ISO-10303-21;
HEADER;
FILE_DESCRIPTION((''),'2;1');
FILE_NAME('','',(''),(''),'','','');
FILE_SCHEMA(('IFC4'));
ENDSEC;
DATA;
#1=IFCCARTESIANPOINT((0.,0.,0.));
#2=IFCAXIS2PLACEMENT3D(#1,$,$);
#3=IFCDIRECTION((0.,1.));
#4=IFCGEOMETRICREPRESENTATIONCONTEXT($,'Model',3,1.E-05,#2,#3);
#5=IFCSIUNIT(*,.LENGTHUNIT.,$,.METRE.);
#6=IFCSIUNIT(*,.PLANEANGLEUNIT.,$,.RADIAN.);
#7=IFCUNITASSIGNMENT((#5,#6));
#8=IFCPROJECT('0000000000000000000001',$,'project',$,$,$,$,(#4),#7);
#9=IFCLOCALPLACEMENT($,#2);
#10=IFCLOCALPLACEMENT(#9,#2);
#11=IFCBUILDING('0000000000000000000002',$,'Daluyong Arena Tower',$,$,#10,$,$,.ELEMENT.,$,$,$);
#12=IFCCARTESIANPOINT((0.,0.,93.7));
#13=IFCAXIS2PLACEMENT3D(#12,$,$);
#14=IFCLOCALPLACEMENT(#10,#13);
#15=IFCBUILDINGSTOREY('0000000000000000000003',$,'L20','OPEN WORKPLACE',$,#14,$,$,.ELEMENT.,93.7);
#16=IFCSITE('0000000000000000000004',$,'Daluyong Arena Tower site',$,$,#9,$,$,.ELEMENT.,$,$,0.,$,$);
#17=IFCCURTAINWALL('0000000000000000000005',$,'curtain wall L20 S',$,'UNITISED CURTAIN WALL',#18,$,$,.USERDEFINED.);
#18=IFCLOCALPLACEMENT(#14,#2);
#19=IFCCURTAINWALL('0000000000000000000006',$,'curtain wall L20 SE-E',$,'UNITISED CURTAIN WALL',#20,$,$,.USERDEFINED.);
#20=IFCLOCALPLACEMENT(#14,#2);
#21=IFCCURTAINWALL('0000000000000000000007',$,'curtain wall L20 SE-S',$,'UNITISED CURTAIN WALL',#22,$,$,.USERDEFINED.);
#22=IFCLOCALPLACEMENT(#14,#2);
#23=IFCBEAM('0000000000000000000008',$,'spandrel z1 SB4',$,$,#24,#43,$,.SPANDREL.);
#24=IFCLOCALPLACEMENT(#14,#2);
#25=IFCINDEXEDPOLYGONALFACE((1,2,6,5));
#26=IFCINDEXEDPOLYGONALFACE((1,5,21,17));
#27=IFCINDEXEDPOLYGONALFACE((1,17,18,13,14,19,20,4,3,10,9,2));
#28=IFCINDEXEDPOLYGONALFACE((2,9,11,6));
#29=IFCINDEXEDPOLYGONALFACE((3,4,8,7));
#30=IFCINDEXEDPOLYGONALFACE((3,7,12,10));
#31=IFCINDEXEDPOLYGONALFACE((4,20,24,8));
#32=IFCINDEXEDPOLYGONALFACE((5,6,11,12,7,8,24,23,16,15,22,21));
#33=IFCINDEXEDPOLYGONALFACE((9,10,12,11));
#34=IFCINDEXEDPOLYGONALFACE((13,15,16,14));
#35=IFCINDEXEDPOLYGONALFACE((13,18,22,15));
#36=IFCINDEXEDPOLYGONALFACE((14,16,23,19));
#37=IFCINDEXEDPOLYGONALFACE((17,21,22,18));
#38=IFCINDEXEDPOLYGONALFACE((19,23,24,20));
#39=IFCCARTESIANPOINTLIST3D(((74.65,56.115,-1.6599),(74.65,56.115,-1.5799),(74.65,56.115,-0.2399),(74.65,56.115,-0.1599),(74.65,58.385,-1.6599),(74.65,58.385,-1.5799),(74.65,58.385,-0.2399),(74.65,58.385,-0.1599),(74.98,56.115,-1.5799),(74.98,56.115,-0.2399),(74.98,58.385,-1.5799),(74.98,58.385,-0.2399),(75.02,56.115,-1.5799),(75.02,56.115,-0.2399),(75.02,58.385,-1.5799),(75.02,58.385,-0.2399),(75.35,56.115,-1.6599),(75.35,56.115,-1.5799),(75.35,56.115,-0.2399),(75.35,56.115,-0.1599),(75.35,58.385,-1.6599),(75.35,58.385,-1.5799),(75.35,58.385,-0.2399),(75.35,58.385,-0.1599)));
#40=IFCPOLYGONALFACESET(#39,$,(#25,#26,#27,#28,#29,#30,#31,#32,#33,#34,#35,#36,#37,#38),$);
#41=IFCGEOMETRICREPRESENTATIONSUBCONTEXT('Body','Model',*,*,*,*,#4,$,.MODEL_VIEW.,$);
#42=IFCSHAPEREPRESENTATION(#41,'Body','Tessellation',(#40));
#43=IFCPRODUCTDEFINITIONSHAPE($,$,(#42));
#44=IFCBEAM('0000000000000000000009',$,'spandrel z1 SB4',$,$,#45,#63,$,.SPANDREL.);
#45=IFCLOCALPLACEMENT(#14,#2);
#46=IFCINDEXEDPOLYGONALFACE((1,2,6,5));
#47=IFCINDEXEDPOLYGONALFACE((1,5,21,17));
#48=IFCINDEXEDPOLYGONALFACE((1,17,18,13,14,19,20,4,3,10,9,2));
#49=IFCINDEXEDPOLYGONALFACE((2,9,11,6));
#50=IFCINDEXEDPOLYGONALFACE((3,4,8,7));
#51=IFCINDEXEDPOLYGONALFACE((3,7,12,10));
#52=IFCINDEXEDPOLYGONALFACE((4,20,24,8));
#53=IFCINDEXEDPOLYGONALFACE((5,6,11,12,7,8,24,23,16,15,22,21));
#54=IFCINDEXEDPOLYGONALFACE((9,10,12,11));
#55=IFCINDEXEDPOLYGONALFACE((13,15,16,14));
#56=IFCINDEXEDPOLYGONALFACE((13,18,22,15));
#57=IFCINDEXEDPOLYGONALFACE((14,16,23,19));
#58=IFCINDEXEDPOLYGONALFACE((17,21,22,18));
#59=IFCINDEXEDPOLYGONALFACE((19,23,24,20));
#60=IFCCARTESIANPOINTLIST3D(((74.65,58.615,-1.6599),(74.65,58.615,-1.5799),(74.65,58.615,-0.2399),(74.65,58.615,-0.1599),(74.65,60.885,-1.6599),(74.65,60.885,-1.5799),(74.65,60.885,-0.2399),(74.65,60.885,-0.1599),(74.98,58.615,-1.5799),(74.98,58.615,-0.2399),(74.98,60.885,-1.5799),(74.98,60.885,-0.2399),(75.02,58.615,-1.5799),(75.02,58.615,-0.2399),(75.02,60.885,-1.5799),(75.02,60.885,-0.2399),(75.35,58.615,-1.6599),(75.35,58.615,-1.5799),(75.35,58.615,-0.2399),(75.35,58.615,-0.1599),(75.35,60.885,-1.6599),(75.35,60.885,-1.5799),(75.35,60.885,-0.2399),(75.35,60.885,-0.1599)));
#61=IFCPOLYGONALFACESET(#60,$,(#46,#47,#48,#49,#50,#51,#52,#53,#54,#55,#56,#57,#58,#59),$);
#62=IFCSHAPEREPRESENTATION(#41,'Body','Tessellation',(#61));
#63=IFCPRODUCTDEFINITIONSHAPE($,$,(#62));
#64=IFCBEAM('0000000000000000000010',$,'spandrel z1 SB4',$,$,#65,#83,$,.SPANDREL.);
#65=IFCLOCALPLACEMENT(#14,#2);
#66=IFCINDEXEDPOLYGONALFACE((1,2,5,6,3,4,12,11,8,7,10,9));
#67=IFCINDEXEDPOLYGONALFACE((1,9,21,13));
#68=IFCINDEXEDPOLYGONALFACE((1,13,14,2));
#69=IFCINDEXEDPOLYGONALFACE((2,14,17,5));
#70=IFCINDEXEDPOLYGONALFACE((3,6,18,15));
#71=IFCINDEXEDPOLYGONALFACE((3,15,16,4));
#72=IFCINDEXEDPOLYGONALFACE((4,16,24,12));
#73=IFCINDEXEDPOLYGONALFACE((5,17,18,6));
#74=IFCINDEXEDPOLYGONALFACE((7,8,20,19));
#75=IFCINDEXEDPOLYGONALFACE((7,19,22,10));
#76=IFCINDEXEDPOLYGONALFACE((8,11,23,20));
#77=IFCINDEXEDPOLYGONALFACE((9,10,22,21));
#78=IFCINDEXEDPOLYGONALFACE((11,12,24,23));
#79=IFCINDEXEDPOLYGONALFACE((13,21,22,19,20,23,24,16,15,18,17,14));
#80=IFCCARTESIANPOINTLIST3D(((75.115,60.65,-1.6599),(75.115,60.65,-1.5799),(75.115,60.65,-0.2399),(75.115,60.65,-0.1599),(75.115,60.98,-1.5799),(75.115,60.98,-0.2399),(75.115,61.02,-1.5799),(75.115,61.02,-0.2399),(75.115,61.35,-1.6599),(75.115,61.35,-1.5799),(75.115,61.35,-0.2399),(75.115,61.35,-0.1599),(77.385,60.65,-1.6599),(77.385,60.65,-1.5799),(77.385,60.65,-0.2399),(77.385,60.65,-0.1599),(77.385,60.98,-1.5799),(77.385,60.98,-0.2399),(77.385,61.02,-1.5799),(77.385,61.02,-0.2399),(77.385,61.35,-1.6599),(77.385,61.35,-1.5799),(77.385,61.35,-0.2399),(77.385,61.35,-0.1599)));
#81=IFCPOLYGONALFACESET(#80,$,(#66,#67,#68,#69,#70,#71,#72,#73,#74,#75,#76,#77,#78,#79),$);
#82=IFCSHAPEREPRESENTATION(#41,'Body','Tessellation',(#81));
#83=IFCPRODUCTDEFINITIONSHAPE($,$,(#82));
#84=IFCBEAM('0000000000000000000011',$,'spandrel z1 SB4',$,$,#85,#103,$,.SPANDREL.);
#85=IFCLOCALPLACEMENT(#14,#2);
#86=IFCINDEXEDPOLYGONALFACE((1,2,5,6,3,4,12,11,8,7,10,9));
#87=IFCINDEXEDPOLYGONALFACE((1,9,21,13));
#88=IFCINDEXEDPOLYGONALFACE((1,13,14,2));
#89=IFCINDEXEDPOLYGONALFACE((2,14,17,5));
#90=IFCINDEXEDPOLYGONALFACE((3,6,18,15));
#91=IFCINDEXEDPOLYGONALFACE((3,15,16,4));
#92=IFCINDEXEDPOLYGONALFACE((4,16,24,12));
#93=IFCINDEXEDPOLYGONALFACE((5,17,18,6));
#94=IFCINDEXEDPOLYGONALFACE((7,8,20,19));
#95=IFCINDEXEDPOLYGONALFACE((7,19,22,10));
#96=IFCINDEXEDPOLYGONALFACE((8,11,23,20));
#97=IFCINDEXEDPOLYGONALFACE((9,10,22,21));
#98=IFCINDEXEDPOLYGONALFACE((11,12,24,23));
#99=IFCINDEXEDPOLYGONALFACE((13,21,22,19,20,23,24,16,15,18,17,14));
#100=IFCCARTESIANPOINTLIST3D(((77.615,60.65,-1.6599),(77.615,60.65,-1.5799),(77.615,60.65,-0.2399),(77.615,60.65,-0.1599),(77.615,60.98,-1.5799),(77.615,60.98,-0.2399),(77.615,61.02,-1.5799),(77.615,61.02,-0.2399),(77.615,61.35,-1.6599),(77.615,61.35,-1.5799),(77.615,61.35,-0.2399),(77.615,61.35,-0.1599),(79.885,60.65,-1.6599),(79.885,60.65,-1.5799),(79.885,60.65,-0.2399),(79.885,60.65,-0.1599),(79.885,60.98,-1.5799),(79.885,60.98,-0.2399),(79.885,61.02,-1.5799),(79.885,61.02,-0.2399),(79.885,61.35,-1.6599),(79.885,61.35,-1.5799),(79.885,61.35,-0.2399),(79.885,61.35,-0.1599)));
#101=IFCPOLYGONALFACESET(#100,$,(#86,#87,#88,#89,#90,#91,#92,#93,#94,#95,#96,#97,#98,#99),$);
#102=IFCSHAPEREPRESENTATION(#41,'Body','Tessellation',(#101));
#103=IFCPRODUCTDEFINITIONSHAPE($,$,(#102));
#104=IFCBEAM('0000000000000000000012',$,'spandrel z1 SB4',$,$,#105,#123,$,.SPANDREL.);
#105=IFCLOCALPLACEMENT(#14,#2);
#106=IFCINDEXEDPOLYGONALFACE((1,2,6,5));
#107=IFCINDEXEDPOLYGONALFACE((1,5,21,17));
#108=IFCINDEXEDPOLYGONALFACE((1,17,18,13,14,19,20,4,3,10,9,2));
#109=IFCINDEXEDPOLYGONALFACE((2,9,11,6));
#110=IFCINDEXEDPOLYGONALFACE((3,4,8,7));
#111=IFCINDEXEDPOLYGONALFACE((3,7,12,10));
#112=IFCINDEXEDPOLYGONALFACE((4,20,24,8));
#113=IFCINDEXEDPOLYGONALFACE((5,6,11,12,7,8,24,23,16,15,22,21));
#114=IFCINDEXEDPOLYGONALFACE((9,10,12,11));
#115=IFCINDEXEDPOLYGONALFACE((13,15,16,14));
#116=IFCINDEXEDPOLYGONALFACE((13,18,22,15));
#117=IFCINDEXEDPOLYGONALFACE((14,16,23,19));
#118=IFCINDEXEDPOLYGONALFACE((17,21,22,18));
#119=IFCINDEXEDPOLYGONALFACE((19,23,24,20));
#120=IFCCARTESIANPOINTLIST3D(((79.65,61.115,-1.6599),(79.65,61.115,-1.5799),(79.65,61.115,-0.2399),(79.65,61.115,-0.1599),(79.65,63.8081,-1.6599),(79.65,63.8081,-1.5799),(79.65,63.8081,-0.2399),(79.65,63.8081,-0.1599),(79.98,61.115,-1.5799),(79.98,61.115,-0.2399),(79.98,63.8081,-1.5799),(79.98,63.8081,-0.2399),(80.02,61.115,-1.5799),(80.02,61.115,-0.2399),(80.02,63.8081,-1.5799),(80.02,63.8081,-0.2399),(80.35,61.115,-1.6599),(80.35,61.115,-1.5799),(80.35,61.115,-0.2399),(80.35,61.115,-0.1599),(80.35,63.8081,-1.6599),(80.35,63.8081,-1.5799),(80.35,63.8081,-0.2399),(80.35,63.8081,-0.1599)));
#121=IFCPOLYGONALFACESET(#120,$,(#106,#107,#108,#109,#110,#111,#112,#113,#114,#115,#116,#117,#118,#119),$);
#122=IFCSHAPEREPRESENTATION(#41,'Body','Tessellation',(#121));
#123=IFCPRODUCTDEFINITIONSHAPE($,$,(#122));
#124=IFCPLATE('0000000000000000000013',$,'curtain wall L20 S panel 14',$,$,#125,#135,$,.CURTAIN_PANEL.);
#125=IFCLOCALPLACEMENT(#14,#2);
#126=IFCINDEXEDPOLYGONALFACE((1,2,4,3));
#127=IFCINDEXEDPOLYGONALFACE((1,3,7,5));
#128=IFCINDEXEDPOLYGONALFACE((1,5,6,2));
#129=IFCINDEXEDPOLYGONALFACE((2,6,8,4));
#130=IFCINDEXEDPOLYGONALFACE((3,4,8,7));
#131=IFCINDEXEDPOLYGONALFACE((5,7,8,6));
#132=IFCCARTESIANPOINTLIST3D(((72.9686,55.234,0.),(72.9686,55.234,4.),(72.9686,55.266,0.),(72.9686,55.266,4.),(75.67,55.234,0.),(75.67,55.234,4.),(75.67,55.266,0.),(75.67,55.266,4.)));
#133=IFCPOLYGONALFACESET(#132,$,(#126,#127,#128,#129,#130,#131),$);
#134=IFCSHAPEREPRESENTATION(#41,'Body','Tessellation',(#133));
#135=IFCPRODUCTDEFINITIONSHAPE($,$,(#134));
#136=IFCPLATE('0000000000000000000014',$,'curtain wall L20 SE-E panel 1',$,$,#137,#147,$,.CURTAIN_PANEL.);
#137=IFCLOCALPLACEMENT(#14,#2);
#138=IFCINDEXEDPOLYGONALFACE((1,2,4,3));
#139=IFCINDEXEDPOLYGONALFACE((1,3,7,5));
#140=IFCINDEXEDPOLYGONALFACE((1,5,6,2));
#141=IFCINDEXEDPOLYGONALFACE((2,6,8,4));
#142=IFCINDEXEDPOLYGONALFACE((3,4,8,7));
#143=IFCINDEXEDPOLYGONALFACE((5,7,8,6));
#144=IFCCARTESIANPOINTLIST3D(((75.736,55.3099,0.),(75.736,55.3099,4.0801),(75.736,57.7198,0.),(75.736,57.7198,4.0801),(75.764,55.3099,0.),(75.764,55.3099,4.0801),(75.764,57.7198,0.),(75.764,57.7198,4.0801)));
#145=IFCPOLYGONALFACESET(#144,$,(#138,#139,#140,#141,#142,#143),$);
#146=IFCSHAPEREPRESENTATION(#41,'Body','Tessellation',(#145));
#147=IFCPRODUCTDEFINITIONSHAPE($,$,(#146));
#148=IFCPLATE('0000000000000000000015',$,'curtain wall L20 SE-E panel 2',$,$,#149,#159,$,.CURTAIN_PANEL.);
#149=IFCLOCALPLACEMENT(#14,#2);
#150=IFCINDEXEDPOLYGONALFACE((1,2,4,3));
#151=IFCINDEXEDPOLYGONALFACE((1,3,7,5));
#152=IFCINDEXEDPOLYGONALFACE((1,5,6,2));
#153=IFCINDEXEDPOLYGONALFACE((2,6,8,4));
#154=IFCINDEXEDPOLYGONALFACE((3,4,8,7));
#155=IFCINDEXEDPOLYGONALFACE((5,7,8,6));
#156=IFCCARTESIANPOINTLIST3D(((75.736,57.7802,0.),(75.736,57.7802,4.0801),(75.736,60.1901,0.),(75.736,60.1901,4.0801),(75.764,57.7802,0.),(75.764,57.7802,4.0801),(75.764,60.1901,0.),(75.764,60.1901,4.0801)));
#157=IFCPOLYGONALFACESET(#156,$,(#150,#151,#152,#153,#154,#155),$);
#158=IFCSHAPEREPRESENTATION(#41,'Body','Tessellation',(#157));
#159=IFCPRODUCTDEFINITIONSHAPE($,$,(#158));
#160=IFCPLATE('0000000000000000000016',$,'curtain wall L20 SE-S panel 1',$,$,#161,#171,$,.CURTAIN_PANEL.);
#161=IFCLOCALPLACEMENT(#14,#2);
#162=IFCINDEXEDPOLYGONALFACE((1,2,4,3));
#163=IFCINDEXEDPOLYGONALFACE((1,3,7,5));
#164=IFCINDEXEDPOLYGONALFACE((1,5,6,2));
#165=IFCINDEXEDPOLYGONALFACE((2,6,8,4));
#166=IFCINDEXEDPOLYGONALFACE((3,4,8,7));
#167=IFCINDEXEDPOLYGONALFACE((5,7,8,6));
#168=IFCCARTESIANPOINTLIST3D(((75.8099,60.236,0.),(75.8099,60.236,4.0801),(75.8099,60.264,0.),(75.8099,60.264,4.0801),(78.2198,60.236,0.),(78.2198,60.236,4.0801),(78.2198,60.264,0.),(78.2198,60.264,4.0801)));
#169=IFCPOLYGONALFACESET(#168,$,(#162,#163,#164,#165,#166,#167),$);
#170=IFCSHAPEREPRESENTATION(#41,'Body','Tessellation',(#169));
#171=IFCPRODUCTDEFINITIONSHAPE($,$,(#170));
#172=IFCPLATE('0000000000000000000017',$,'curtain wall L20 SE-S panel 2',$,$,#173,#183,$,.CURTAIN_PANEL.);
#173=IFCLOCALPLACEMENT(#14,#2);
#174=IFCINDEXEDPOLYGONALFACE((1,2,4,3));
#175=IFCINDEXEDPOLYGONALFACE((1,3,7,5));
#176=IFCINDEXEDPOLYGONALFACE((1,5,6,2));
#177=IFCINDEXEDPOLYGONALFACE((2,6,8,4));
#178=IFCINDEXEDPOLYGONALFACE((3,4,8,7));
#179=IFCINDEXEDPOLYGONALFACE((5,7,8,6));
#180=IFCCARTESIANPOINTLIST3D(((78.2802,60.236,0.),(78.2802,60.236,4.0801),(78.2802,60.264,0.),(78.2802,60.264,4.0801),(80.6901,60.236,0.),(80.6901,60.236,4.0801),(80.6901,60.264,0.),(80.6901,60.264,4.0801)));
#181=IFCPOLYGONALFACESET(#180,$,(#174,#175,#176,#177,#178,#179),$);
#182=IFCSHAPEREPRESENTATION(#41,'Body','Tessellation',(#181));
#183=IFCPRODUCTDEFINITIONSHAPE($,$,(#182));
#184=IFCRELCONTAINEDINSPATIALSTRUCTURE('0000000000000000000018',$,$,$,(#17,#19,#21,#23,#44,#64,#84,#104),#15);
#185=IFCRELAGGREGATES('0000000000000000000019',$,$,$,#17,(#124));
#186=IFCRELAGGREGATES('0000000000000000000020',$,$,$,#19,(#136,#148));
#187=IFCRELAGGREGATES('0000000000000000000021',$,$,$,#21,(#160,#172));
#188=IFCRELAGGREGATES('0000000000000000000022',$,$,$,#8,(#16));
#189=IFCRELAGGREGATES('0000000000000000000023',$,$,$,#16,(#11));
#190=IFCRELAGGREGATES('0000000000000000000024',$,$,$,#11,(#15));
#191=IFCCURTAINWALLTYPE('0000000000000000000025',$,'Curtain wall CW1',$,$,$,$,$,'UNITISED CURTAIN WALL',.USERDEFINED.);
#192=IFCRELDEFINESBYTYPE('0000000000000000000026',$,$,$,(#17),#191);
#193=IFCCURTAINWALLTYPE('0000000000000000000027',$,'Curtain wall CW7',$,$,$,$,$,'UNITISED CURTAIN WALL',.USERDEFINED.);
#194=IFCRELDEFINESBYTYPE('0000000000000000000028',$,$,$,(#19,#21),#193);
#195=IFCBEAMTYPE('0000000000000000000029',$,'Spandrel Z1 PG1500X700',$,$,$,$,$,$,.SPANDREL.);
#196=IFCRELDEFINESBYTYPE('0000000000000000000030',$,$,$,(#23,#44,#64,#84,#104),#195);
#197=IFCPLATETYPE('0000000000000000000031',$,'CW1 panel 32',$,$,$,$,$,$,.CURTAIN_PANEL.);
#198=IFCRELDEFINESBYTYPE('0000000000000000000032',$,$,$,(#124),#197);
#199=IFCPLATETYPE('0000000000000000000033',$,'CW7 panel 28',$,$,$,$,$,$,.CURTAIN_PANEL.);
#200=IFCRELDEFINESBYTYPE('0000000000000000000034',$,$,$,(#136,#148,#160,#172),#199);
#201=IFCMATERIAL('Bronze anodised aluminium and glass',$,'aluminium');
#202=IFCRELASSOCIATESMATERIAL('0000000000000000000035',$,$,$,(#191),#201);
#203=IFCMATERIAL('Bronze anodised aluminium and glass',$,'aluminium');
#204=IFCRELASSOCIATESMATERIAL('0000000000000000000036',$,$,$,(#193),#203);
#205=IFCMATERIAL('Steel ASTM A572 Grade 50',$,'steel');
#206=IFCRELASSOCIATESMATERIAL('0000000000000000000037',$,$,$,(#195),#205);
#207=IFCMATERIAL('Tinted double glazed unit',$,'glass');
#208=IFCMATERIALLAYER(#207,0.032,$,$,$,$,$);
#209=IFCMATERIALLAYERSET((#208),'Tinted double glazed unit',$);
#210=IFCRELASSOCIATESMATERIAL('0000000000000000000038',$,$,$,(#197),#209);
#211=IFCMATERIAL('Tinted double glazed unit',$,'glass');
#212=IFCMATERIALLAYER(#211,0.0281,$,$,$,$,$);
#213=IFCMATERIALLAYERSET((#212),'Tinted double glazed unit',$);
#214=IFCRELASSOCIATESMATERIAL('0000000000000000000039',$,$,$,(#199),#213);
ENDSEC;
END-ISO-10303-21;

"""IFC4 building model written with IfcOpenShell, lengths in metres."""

from ifc_helpers import new_model, si_unit, direction, frame, origin, origin_2d, place, context, subcontext, project, spatial, rectangle, i_section, extrude, material, layer, layer_set, material_profile, profile_set, type_object, element, aggregate, save


model = new_model("IFC4")

# Units and contexts
model_context = context("Model", 3, precision=1e-05, world=origin(), true_north=direction((0.0, 1.0)))
body_context = subcontext(model_context, "Body", "Model", "MODEL_VIEW")
ifc_project = project(units=[si_unit("LENGTHUNIT", "METRE"), si_unit("PLANEANGLEUNIT", "RADIAN")], contexts=[model_context])

# Site, building, storey
site_placement = place(None, origin())
site = spatial("IfcSite", under=ifc_project, at=site_placement, Name="Daluyong Arena Tower site", CompositionType="ELEMENT", RefElevation=0.0)
building_placement = place(site_placement, origin())
building = spatial("IfcBuilding", under=site, at=building_placement, Name="Daluyong Arena Tower", CompositionType="ELEMENT")
storey_placement = place(building_placement, frame((0.0, 0.0, 93.7)))
storey = spatial("IfcBuildingStorey", under=building, at=storey_placement, Name="L20", Description="OPEN WORKPLACE", CompositionType="ELEMENT", Elevation=93.7)

# Curtain wall
ifc_material_1 = material(Name="Bronze anodised aluminium and glass", Category="aluminium")
curtain_wall_type_1 = type_object("IfcCurtainWallType", Name="Curtain wall CW1", ElementType="UNITISED CURTAIN WALL", PredefinedType="USERDEFINED", material=ifc_material_1)
curtain_wall_1_placement = place(storey_placement, origin())
curtain_wall_1 = element("IfcCurtainWall", 1, at=curtain_wall_1_placement, inside=storey, type_object=curtain_wall_type_1, Name="curtain wall L20 S", ObjectType="UNITISED CURTAIN WALL", PredefinedType="USERDEFINED")

# Curtain walls
ifc_material_2 = material(Name="Bronze anodised aluminium and glass", Category="aluminium")
curtain_wall_type_2 = type_object("IfcCurtainWallType", Name="Curtain wall CW7", ElementType="UNITISED CURTAIN WALL", PredefinedType="USERDEFINED", material=ifc_material_2)
curtain_wall_2_placement = place(storey_placement, origin())
curtain_wall_2 = element("IfcCurtainWall", 2, at=curtain_wall_2_placement, inside=storey, type_object=curtain_wall_type_2, Name="curtain wall L20 SE-E", ObjectType="UNITISED CURTAIN WALL", PredefinedType="USERDEFINED")
curtain_wall_3_placement = place(storey_placement, origin())
curtain_wall_3 = element("IfcCurtainWall", 3, at=curtain_wall_3_placement, inside=storey, type_object=curtain_wall_type_2, Name="curtain wall L20 SE-S", ObjectType="UNITISED CURTAIN WALL", PredefinedType="USERDEFINED")

# Beams
ifc_material_3 = material(Name="Steel ASTM A572 Grade 50", Category="steel")
ifc_material_profile_1 = material_profile(ifc_material_3, i_section(OverallWidth=0.7, OverallDepth=1.5, WebThickness=0.04, FlangeThickness=0.08, at=origin_2d()))
ifc_profile_set_1 = profile_set([ifc_material_profile_1], Name="Steel ASTM A572 Grade 50")
beam_type_1 = type_object("IfcBeamType", Name="Spandrel Z1 PG1500X700", PredefinedType="SPANDREL", material=ifc_profile_set_1)
for number, where, z_axis, x_axis, name in (
    (4, (75.0, 56.115, -0.9099), (0.0, 1.0, 0.0), (-1.0, 0.0, 0.0), "spandrel z1 SB4"),
    (5, (75.0, 58.615, -0.9099), (0.0, 1.0, 0.0), (-1.0, 0.0, 0.0), "spandrel z1 SB4"),
    (6, (75.115, 61.0, -0.9099), (1.0, 0.0, 0.0), (0.0, 1.0, 0.0), "spandrel z1 SB4"),
    (7, (77.615, 61.0, -0.9099), (1.0, 0.0, 0.0), (0.0, 1.0, 0.0), "spandrel z1 SB4"),
):
    element("IfcBeam", number, at=place(storey_placement, frame(where, z_axis=z_axis, x_axis=x_axis)), inside=storey, type_object=beam_type_1, Name=name, PredefinedType="SPANDREL", context=body_context, shape_type="SweptSolid", body=[
        extrude(i_section(OverallWidth=0.7, OverallDepth=1.5, WebThickness=0.04, FlangeThickness=0.08, at=origin_2d()), origin(), (0.0, 0.0, 1.0), 2.27),
    ])
beam_1_placement = place(storey_placement, frame((80.0, 61.115, -0.9099), z_axis=(0.0, 1.0, 0.0), x_axis=(-1.0, 0.0, 0.0)))
element("IfcBeam", 8, at=beam_1_placement, inside=storey, type_object=beam_type_1, Name="spandrel z1 SB4", PredefinedType="SPANDREL", context=body_context, shape_type="SweptSolid", body=[
    extrude(i_section(OverallWidth=0.7, OverallDepth=1.5, WebThickness=0.04, FlangeThickness=0.08, at=origin_2d()), origin(), (0.0, 0.0, 1.0), 2.6931),
])

# Plates
ifc_material_4 = material(Name="Tinted double glazed unit", Category="glass")
ifc_layer_1 = layer(ifc_material_4, 0.032)
ifc_layer_set_1 = layer_set([ifc_layer_1], Name="Tinted double glazed unit")
plate_type_1 = type_object("IfcPlateType", Name="CW1 panel 32", PredefinedType="CURTAIN_PANEL", material=ifc_layer_set_1)
plate_1_placement = place(storey_placement, frame((74.3193, 55.25, 0.0), z_axis=(0.0, 0.0, 1.0), x_axis=(1.0, 0.0, 0.0)))
plate_1 = element("IfcPlate", 9, at=plate_1_placement, type_object=plate_type_1, Name="curtain wall L20 S panel 14", PredefinedType="CURTAIN_PANEL", context=body_context, shape_type="SweptSolid", body=[
    extrude(rectangle(XDim=2.7014, YDim=0.032, at=origin_2d()), origin(), (0.0, 0.0, 1.0), 4.0),
])
aggregate(curtain_wall_1, [plate_1])
ifc_material_5 = material(Name="Tinted double glazed unit", Category="glass")
ifc_layer_2 = layer(ifc_material_5, 0.0281)
ifc_layer_set_2 = layer_set([ifc_layer_2], Name="Tinted double glazed unit")
plate_type_2 = type_object("IfcPlateType", Name="CW7 panel 28", PredefinedType="CURTAIN_PANEL", material=ifc_layer_set_2)
plate_2_placement = place(storey_placement, frame((75.75, 56.5149, 0.0), z_axis=(0.0, 0.0, 1.0), x_axis=(0.0, 1.0, 0.0)))
plate_2 = element("IfcPlate", 10, at=plate_2_placement, type_object=plate_type_2, Name="curtain wall L20 SE-E panel 1", PredefinedType="CURTAIN_PANEL", context=body_context, shape_type="SweptSolid", body=[
    extrude(rectangle(XDim=2.4099, YDim=0.0281, at=origin_2d()), origin(), (0.0, 0.0, 1.0), 4.0801),
])
plate_3_placement = place(storey_placement, frame((75.75, 58.9851, 0.0), z_axis=(0.0, 0.0, 1.0), x_axis=(0.0, 1.0, 0.0)))
plate_3 = element("IfcPlate", 11, at=plate_3_placement, type_object=plate_type_2, Name="curtain wall L20 SE-E panel 2", PredefinedType="CURTAIN_PANEL", context=body_context, shape_type="SweptSolid", body=[
    extrude(rectangle(XDim=2.4099, YDim=0.0281, at=origin_2d()), origin(), (0.0, 0.0, 1.0), 4.0801),
])
aggregate(curtain_wall_2, [plate_2, plate_3])
plate_4_placement = place(storey_placement, frame((77.0149, 60.25, 0.0), z_axis=(0.0, 0.0, 1.0), x_axis=(1.0, 0.0, 0.0)))
plate_4 = element("IfcPlate", 12, at=plate_4_placement, type_object=plate_type_2, Name="curtain wall L20 SE-S panel 1", PredefinedType="CURTAIN_PANEL", context=body_context, shape_type="SweptSolid", body=[
    extrude(rectangle(XDim=2.4099, YDim=0.0281, at=origin_2d()), origin(), (0.0, 0.0, 1.0), 4.0801),
])
plate_5_placement = place(storey_placement, frame((79.4851, 60.25, 0.0), z_axis=(0.0, 0.0, 1.0), x_axis=(1.0, 0.0, 0.0)))
plate_5 = element("IfcPlate", 13, at=plate_5_placement, type_object=plate_type_2, Name="curtain wall L20 SE-S panel 2", PredefinedType="CURTAIN_PANEL", context=body_context, shape_type="SweptSolid", body=[
    extrude(rectangle(XDim=2.4099, YDim=0.0281, at=origin_2d()), origin(), (0.0, 0.0, 1.0), 4.0801),
])
aggregate(curtain_wall_3, [plate_4, plate_5])

save(model, "model.ifc")
